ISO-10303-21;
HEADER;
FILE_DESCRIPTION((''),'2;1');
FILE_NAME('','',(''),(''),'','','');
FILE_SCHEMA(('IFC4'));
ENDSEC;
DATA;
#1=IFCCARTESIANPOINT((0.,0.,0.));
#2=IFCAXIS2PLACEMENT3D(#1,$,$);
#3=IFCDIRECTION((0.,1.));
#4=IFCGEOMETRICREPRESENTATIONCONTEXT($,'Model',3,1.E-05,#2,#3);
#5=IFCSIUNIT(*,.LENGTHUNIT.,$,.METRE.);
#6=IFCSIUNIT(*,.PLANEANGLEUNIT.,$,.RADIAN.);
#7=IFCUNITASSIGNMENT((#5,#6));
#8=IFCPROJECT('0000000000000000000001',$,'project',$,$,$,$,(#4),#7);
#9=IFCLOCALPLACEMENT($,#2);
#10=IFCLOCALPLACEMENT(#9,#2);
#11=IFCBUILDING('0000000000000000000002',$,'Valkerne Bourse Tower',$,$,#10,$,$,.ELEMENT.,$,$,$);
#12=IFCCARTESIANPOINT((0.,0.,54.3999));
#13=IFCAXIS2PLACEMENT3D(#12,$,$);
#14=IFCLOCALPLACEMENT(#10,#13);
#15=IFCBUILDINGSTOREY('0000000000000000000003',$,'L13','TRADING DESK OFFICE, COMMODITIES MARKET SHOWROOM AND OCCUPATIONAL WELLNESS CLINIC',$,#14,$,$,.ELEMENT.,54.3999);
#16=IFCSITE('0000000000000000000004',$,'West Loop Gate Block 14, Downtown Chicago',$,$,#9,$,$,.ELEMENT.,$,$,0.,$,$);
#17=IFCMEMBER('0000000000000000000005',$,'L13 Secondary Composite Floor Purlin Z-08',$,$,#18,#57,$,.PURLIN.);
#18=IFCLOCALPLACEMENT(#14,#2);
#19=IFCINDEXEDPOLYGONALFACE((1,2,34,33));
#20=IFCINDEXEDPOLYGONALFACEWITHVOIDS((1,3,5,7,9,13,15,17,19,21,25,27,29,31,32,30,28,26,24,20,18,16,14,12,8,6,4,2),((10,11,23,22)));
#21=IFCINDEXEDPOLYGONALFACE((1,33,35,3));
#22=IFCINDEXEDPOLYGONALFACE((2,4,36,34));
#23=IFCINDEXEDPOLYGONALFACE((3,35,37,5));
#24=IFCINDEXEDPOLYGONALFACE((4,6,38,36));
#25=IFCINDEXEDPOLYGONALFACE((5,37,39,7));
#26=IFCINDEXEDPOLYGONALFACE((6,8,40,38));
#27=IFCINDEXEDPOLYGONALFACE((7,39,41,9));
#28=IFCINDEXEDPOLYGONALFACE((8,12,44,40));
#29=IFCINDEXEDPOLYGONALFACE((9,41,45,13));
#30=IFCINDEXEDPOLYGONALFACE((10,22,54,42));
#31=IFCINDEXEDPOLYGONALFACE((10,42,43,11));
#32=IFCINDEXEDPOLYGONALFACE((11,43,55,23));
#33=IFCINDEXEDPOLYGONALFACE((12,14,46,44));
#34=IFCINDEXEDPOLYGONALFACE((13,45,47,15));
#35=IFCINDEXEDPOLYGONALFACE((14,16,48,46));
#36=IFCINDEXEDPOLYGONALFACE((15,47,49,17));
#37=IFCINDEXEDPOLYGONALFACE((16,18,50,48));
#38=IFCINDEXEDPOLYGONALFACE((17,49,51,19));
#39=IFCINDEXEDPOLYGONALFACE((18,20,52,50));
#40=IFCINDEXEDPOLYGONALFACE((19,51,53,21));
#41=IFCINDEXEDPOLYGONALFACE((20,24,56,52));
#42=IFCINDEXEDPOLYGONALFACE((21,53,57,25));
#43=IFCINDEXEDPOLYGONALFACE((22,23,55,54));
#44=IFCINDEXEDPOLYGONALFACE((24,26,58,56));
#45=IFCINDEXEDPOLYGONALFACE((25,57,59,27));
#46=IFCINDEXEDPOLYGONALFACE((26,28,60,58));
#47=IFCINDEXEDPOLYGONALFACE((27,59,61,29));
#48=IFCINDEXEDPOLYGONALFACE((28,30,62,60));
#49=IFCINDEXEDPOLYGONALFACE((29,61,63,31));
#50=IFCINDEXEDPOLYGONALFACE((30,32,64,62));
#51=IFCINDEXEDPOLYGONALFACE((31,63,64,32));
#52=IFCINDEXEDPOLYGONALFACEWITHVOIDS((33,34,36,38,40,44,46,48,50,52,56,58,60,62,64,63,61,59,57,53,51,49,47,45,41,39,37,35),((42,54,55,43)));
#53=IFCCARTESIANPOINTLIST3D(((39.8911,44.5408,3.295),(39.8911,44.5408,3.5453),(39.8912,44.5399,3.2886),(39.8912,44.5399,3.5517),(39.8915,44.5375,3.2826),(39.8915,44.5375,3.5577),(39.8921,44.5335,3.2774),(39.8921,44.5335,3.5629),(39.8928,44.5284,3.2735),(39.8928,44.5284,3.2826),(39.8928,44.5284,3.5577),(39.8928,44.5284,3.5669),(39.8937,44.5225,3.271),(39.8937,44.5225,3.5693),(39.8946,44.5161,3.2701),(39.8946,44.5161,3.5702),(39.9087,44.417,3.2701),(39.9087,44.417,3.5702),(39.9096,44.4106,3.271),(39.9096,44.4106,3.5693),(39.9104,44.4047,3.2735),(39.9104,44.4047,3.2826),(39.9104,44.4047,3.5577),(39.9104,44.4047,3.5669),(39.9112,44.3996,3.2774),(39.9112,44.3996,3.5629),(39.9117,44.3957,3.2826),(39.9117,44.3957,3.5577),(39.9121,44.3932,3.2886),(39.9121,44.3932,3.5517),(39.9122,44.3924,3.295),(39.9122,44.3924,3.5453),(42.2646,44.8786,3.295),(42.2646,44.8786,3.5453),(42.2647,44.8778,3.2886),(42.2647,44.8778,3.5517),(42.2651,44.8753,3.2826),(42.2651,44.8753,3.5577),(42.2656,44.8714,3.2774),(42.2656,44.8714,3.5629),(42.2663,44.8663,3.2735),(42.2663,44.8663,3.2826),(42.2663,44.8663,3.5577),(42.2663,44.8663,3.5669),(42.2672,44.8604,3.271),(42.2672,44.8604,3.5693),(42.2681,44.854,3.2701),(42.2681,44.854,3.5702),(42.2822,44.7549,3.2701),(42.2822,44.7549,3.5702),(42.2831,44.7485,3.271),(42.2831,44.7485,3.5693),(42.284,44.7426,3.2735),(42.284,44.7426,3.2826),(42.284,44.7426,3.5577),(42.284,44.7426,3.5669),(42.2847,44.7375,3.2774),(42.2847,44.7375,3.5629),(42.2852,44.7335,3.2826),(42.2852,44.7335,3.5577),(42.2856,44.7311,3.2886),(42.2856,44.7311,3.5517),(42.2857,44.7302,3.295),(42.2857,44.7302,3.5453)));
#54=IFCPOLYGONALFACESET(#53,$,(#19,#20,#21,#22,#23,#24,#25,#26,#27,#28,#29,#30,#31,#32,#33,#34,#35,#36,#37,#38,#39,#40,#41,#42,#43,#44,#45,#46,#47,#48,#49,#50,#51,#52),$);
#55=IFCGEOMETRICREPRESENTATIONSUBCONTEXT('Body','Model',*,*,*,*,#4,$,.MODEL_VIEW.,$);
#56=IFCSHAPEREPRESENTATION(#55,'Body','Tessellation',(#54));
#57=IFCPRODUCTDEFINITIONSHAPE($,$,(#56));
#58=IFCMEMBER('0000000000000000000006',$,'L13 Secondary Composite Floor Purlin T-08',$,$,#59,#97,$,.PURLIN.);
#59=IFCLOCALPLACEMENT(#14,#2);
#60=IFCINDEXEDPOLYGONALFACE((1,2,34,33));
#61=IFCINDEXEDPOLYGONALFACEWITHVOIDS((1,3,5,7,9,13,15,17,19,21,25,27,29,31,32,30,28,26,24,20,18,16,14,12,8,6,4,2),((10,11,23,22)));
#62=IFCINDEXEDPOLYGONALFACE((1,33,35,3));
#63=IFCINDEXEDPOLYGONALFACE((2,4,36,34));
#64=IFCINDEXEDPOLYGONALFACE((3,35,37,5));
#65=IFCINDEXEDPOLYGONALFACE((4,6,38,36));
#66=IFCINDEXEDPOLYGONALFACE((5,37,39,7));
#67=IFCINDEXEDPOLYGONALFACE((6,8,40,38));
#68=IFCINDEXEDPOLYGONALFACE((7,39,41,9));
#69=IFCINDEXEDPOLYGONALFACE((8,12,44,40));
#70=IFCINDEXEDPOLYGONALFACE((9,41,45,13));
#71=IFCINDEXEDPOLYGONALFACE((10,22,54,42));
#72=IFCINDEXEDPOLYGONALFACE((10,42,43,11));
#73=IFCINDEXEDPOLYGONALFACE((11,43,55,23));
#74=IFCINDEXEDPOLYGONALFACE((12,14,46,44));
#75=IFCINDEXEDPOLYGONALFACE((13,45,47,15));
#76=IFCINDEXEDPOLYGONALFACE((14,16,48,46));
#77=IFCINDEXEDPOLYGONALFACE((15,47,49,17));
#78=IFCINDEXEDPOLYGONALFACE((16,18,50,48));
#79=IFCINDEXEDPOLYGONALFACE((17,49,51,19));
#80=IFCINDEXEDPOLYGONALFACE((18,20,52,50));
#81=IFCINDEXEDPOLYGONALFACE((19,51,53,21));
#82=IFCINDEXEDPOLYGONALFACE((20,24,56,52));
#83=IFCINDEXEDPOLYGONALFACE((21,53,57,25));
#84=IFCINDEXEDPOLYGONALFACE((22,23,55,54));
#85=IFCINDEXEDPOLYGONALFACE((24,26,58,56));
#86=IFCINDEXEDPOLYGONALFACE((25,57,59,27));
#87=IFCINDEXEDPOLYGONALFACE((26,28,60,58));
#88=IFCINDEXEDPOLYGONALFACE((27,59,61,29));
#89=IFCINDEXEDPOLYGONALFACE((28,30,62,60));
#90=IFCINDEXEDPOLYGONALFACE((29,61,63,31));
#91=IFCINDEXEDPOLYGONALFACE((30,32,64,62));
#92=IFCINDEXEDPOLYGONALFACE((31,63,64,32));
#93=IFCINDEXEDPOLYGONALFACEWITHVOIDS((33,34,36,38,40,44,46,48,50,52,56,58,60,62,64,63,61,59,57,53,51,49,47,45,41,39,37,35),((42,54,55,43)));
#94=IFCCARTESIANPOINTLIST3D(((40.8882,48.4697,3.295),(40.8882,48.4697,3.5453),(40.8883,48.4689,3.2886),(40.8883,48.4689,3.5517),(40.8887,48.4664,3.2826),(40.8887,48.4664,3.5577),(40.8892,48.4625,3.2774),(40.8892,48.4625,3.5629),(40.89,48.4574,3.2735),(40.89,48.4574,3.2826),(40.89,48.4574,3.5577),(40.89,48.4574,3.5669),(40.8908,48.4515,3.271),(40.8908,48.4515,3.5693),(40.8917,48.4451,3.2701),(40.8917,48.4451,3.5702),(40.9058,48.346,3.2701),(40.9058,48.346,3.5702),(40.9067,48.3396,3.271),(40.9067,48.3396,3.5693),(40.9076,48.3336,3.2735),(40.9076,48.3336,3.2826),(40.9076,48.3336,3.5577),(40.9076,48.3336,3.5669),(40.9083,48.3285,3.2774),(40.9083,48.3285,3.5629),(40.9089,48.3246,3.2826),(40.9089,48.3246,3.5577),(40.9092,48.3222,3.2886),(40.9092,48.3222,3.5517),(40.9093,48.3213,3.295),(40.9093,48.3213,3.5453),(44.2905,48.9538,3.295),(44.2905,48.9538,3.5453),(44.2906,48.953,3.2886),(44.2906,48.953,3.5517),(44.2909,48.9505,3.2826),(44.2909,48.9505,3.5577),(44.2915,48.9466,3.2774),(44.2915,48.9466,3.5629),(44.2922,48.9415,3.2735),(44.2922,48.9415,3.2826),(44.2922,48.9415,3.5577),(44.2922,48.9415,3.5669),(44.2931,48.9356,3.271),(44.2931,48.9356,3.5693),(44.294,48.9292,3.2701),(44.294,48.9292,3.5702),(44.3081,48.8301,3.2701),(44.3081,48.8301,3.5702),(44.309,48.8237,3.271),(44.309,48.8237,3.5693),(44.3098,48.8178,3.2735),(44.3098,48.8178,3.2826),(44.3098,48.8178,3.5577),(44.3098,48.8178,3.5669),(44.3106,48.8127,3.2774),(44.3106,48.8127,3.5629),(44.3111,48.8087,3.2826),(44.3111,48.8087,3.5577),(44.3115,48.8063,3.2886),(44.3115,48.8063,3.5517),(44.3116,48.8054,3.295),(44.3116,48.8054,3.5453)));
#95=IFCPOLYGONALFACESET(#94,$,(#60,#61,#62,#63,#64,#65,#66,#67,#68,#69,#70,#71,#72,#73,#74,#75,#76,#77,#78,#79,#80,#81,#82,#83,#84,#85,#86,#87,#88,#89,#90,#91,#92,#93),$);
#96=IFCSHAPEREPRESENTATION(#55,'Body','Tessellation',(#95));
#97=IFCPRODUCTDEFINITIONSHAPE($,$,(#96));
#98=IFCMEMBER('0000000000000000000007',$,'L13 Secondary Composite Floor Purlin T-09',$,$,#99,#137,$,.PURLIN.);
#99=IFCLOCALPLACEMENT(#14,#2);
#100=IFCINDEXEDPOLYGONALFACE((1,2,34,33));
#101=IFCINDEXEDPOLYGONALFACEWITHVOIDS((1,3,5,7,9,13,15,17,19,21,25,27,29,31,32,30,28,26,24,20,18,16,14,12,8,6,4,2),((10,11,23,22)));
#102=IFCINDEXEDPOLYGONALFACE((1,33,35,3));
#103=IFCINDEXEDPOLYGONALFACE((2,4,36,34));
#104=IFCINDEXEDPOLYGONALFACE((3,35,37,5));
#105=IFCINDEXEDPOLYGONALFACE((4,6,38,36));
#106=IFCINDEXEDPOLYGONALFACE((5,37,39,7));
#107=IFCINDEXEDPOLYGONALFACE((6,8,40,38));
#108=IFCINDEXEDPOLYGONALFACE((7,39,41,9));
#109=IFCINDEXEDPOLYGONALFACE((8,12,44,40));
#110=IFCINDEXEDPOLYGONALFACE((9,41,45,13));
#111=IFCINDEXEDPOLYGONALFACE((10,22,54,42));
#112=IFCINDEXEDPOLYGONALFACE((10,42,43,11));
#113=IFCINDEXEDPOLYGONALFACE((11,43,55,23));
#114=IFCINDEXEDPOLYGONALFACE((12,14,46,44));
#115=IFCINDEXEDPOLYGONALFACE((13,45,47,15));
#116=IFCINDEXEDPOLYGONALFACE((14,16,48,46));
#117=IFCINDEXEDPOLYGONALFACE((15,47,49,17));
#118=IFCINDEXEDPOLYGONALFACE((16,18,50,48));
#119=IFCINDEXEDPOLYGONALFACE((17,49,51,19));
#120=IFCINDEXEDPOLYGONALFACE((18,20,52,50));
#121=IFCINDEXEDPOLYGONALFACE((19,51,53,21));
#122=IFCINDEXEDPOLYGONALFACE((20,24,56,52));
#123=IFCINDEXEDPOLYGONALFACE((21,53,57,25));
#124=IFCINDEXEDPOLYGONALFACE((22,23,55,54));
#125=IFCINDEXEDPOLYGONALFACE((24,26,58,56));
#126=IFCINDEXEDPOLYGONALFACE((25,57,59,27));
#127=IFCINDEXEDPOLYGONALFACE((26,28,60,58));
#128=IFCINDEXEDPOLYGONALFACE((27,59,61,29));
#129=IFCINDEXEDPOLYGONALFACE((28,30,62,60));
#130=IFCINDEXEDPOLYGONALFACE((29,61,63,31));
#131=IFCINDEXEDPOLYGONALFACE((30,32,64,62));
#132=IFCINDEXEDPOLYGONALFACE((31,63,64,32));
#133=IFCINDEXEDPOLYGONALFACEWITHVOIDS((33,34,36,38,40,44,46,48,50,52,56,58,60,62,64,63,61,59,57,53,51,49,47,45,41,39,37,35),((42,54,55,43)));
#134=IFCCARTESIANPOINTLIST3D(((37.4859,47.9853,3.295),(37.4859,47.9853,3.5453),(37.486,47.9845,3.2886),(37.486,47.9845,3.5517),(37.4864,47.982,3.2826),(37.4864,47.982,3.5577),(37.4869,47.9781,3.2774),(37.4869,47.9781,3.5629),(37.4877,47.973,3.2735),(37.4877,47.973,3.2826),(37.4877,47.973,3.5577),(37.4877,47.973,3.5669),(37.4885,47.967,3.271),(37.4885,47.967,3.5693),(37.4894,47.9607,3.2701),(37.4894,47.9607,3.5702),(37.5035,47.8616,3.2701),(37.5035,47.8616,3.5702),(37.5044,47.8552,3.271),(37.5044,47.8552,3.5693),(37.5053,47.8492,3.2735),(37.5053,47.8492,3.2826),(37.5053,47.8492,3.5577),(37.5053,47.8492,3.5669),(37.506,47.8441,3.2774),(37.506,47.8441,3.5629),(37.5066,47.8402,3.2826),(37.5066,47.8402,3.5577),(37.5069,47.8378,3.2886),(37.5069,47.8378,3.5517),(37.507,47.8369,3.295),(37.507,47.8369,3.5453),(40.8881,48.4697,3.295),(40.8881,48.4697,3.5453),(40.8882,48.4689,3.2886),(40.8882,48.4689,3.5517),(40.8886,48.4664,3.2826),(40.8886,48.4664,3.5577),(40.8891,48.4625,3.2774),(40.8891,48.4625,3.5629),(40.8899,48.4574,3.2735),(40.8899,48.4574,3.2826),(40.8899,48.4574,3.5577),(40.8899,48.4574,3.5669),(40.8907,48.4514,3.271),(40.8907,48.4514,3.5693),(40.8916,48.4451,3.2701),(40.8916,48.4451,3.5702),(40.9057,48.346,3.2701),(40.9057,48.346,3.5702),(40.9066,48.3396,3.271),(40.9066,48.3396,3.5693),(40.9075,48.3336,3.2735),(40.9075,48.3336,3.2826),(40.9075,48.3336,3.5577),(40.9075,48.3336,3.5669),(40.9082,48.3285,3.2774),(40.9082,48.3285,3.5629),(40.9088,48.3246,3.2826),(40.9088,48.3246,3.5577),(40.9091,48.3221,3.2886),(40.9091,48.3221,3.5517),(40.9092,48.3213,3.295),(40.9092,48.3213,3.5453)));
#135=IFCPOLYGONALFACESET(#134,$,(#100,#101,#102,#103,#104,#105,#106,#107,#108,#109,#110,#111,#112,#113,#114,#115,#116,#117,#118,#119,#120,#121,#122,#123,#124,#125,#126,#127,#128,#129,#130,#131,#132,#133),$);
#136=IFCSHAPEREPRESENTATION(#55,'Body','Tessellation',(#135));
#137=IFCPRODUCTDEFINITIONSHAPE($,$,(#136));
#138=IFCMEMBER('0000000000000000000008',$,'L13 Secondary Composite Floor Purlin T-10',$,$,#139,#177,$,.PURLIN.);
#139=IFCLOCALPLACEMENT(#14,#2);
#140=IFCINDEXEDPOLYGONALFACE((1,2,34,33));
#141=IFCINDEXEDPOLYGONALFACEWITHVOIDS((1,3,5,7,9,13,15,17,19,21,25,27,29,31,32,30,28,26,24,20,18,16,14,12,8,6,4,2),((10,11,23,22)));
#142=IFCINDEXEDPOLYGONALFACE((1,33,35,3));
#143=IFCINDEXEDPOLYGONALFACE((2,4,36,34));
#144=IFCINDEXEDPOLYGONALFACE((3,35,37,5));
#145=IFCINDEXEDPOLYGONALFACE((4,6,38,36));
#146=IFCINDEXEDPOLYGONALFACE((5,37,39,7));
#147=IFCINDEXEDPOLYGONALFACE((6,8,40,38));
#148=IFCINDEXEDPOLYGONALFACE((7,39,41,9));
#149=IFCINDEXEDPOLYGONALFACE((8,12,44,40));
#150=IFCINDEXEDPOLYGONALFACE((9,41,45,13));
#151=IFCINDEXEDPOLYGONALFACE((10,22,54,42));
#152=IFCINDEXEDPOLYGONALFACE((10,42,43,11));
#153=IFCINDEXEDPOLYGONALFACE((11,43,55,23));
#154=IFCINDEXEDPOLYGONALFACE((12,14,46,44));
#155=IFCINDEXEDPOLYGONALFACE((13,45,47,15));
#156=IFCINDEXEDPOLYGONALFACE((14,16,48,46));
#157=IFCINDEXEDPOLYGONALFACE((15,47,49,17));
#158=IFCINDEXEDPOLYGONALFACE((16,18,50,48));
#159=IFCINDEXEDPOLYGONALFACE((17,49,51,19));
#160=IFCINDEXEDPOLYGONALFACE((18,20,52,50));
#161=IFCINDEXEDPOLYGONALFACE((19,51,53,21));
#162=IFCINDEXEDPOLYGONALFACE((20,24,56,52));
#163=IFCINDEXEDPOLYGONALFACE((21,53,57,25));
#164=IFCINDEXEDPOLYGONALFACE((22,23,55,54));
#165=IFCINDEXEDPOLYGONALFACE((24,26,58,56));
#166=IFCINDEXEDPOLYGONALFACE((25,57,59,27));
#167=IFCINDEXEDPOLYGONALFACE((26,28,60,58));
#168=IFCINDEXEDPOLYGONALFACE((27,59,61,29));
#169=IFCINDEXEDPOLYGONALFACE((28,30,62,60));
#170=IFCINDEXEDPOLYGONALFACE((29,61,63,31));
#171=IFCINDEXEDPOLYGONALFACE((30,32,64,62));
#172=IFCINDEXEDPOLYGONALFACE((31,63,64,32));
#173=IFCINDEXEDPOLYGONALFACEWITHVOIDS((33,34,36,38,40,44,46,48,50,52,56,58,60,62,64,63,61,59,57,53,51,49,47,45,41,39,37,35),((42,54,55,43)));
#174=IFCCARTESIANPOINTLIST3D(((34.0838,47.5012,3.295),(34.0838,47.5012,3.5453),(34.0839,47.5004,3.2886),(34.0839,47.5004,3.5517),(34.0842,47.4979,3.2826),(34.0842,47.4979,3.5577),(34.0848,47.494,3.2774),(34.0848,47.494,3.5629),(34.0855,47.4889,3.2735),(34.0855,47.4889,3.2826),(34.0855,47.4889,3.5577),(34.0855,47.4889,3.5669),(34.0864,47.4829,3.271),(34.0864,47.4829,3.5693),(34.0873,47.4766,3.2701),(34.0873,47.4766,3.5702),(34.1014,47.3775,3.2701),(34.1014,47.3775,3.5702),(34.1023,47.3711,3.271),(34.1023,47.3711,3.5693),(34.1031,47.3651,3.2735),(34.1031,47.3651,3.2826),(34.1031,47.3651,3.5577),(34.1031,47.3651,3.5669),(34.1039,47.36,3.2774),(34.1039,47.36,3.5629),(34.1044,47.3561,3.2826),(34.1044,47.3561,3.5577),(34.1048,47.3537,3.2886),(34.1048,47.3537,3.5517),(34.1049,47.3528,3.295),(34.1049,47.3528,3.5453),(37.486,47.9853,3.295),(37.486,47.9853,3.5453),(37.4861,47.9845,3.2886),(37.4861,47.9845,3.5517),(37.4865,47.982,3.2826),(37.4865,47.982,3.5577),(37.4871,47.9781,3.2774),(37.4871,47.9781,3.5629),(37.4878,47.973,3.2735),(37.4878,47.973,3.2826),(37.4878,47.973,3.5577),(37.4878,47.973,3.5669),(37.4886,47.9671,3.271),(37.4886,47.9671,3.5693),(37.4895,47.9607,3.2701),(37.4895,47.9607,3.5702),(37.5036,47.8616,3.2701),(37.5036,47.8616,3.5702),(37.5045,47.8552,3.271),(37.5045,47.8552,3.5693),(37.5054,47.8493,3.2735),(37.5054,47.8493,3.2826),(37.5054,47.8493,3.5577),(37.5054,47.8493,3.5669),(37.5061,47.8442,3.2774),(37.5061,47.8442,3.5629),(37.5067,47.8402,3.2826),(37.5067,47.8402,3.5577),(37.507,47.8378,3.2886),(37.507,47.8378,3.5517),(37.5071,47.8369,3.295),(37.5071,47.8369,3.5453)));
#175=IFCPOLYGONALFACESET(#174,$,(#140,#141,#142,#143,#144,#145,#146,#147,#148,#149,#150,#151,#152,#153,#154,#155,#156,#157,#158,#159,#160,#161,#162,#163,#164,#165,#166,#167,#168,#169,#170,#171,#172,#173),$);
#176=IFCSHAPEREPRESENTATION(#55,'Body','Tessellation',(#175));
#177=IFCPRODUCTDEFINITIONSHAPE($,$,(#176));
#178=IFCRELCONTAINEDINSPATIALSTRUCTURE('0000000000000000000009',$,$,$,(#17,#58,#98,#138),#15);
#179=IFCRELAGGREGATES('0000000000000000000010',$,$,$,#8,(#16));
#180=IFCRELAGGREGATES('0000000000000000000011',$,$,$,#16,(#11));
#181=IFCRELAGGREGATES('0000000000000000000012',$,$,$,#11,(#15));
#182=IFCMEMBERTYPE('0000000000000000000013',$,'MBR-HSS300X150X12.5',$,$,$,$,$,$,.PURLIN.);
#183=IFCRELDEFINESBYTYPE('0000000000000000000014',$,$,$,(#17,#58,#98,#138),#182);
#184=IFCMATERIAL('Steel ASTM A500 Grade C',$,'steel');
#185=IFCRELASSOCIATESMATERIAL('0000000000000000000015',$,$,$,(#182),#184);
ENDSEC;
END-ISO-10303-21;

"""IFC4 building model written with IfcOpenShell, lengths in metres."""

from ifc_helpers import new_model, si_unit, direction, frame, origin, origin_2d, place, context, subcontext, project, spatial, hollow_rectangle, extrude, material, material_profile, profile_set, type_object, element, save


model = new_model("IFC4")

# Units and contexts
model_context = context("Model", 3, precision=1e-05, world=origin(), true_north=direction((0.0, 1.0)))
body_context = subcontext(model_context, "Body", "Model", "MODEL_VIEW")
ifc_project = project(units=[si_unit("LENGTHUNIT", "METRE"), si_unit("PLANEANGLEUNIT", "RADIAN")], contexts=[model_context])

# Site, building, storey
site_placement = place(None, origin())
site = spatial("IfcSite", under=ifc_project, at=site_placement, Name="West Loop Gate Block 14, Downtown Chicago", CompositionType="ELEMENT", RefElevation=0.0)
building_placement = place(site_placement, origin())
building = spatial("IfcBuilding", under=site, at=building_placement, Name="Valkerne Bourse Tower", CompositionType="ELEMENT")
storey_placement = place(building_placement, frame((0.0, 0.0, 54.3999)))
storey = spatial("IfcBuildingStorey", under=building, at=storey_placement, Name="L13", Description="TRADING DESK OFFICE, COMMODITIES MARKET SHOWROOM AND OCCUPATIONAL WELLNESS CLINIC", CompositionType="ELEMENT", Elevation=54.3999)

# Members
ifc_material_1 = material(Name="Steel ASTM A500 Grade C", Category="steel")
ifc_material_profile_1 = material_profile(ifc_material_1, hollow_rectangle(XDim=0.1499, YDim=0.3, WallThickness=0.0125, OuterFilletRadius=0.0249, at=origin_2d()), Name="HSS300X150X12.5")
ifc_profile_set_1 = profile_set([ifc_material_profile_1], Name="Steel ASTM A500 Grade C")
member_type_1 = type_object("IfcMemberType", Name="MBR-HSS300X150X12.5", PredefinedType="PURLIN", material=ifc_profile_set_1)
member_1_placement = place(storey_placement, frame((42.2751, 44.8044, 3.4202), z_axis=(-0.990019, -0.140937, 0.0), x_axis=(0.140937, -0.990019, 0.0)))
element("IfcMember", 1, at=member_1_placement, inside=storey, type_object=member_type_1, Name="L13 Secondary Composite Floor Purlin Z-08", PredefinedType="PURLIN", context=body_context, shape_type="SweptSolid", body=[
    extrude(hollow_rectangle(XDim=0.1499, YDim=0.3, WallThickness=0.0125, OuterFilletRadius=0.0249, at=origin_2d()), origin(), (0.0, 0.0, 1.0), 2.3975),
])
for number, where, z_axis, x_axis, name in (
    (2, (44.301, 48.8796, 3.4202), (-0.990027, -0.140874, 0.0), (0.140874, -0.990027, 0.0), "L13 Secondary Composite Floor Purlin T-08"),
    (3, (40.8987, 48.3955, 3.4202), (-0.990016, -0.140954, 0.0), (0.140954, -0.990016, 0.0), "L13 Secondary Composite Floor Purlin T-09"),
    (4, (37.4966, 47.9111, 3.4202), (-0.990027, -0.140874, 0.0), (0.140874, -0.990027, 0.0), "L13 Secondary Composite Floor Purlin T-10"),
):
    element("IfcMember", number, at=place(storey_placement, frame(where, z_axis=z_axis, x_axis=x_axis)), inside=storey, type_object=member_type_1, Name=name, PredefinedType="PURLIN", context=body_context, shape_type="SweptSolid", body=[
        extrude(hollow_rectangle(XDim=0.1499, YDim=0.3, WallThickness=0.0125, OuterFilletRadius=0.0249, at=origin_2d()), origin(), (0.0, 0.0, 1.0), 3.4365),
    ])

save(model, "model.ifc")
